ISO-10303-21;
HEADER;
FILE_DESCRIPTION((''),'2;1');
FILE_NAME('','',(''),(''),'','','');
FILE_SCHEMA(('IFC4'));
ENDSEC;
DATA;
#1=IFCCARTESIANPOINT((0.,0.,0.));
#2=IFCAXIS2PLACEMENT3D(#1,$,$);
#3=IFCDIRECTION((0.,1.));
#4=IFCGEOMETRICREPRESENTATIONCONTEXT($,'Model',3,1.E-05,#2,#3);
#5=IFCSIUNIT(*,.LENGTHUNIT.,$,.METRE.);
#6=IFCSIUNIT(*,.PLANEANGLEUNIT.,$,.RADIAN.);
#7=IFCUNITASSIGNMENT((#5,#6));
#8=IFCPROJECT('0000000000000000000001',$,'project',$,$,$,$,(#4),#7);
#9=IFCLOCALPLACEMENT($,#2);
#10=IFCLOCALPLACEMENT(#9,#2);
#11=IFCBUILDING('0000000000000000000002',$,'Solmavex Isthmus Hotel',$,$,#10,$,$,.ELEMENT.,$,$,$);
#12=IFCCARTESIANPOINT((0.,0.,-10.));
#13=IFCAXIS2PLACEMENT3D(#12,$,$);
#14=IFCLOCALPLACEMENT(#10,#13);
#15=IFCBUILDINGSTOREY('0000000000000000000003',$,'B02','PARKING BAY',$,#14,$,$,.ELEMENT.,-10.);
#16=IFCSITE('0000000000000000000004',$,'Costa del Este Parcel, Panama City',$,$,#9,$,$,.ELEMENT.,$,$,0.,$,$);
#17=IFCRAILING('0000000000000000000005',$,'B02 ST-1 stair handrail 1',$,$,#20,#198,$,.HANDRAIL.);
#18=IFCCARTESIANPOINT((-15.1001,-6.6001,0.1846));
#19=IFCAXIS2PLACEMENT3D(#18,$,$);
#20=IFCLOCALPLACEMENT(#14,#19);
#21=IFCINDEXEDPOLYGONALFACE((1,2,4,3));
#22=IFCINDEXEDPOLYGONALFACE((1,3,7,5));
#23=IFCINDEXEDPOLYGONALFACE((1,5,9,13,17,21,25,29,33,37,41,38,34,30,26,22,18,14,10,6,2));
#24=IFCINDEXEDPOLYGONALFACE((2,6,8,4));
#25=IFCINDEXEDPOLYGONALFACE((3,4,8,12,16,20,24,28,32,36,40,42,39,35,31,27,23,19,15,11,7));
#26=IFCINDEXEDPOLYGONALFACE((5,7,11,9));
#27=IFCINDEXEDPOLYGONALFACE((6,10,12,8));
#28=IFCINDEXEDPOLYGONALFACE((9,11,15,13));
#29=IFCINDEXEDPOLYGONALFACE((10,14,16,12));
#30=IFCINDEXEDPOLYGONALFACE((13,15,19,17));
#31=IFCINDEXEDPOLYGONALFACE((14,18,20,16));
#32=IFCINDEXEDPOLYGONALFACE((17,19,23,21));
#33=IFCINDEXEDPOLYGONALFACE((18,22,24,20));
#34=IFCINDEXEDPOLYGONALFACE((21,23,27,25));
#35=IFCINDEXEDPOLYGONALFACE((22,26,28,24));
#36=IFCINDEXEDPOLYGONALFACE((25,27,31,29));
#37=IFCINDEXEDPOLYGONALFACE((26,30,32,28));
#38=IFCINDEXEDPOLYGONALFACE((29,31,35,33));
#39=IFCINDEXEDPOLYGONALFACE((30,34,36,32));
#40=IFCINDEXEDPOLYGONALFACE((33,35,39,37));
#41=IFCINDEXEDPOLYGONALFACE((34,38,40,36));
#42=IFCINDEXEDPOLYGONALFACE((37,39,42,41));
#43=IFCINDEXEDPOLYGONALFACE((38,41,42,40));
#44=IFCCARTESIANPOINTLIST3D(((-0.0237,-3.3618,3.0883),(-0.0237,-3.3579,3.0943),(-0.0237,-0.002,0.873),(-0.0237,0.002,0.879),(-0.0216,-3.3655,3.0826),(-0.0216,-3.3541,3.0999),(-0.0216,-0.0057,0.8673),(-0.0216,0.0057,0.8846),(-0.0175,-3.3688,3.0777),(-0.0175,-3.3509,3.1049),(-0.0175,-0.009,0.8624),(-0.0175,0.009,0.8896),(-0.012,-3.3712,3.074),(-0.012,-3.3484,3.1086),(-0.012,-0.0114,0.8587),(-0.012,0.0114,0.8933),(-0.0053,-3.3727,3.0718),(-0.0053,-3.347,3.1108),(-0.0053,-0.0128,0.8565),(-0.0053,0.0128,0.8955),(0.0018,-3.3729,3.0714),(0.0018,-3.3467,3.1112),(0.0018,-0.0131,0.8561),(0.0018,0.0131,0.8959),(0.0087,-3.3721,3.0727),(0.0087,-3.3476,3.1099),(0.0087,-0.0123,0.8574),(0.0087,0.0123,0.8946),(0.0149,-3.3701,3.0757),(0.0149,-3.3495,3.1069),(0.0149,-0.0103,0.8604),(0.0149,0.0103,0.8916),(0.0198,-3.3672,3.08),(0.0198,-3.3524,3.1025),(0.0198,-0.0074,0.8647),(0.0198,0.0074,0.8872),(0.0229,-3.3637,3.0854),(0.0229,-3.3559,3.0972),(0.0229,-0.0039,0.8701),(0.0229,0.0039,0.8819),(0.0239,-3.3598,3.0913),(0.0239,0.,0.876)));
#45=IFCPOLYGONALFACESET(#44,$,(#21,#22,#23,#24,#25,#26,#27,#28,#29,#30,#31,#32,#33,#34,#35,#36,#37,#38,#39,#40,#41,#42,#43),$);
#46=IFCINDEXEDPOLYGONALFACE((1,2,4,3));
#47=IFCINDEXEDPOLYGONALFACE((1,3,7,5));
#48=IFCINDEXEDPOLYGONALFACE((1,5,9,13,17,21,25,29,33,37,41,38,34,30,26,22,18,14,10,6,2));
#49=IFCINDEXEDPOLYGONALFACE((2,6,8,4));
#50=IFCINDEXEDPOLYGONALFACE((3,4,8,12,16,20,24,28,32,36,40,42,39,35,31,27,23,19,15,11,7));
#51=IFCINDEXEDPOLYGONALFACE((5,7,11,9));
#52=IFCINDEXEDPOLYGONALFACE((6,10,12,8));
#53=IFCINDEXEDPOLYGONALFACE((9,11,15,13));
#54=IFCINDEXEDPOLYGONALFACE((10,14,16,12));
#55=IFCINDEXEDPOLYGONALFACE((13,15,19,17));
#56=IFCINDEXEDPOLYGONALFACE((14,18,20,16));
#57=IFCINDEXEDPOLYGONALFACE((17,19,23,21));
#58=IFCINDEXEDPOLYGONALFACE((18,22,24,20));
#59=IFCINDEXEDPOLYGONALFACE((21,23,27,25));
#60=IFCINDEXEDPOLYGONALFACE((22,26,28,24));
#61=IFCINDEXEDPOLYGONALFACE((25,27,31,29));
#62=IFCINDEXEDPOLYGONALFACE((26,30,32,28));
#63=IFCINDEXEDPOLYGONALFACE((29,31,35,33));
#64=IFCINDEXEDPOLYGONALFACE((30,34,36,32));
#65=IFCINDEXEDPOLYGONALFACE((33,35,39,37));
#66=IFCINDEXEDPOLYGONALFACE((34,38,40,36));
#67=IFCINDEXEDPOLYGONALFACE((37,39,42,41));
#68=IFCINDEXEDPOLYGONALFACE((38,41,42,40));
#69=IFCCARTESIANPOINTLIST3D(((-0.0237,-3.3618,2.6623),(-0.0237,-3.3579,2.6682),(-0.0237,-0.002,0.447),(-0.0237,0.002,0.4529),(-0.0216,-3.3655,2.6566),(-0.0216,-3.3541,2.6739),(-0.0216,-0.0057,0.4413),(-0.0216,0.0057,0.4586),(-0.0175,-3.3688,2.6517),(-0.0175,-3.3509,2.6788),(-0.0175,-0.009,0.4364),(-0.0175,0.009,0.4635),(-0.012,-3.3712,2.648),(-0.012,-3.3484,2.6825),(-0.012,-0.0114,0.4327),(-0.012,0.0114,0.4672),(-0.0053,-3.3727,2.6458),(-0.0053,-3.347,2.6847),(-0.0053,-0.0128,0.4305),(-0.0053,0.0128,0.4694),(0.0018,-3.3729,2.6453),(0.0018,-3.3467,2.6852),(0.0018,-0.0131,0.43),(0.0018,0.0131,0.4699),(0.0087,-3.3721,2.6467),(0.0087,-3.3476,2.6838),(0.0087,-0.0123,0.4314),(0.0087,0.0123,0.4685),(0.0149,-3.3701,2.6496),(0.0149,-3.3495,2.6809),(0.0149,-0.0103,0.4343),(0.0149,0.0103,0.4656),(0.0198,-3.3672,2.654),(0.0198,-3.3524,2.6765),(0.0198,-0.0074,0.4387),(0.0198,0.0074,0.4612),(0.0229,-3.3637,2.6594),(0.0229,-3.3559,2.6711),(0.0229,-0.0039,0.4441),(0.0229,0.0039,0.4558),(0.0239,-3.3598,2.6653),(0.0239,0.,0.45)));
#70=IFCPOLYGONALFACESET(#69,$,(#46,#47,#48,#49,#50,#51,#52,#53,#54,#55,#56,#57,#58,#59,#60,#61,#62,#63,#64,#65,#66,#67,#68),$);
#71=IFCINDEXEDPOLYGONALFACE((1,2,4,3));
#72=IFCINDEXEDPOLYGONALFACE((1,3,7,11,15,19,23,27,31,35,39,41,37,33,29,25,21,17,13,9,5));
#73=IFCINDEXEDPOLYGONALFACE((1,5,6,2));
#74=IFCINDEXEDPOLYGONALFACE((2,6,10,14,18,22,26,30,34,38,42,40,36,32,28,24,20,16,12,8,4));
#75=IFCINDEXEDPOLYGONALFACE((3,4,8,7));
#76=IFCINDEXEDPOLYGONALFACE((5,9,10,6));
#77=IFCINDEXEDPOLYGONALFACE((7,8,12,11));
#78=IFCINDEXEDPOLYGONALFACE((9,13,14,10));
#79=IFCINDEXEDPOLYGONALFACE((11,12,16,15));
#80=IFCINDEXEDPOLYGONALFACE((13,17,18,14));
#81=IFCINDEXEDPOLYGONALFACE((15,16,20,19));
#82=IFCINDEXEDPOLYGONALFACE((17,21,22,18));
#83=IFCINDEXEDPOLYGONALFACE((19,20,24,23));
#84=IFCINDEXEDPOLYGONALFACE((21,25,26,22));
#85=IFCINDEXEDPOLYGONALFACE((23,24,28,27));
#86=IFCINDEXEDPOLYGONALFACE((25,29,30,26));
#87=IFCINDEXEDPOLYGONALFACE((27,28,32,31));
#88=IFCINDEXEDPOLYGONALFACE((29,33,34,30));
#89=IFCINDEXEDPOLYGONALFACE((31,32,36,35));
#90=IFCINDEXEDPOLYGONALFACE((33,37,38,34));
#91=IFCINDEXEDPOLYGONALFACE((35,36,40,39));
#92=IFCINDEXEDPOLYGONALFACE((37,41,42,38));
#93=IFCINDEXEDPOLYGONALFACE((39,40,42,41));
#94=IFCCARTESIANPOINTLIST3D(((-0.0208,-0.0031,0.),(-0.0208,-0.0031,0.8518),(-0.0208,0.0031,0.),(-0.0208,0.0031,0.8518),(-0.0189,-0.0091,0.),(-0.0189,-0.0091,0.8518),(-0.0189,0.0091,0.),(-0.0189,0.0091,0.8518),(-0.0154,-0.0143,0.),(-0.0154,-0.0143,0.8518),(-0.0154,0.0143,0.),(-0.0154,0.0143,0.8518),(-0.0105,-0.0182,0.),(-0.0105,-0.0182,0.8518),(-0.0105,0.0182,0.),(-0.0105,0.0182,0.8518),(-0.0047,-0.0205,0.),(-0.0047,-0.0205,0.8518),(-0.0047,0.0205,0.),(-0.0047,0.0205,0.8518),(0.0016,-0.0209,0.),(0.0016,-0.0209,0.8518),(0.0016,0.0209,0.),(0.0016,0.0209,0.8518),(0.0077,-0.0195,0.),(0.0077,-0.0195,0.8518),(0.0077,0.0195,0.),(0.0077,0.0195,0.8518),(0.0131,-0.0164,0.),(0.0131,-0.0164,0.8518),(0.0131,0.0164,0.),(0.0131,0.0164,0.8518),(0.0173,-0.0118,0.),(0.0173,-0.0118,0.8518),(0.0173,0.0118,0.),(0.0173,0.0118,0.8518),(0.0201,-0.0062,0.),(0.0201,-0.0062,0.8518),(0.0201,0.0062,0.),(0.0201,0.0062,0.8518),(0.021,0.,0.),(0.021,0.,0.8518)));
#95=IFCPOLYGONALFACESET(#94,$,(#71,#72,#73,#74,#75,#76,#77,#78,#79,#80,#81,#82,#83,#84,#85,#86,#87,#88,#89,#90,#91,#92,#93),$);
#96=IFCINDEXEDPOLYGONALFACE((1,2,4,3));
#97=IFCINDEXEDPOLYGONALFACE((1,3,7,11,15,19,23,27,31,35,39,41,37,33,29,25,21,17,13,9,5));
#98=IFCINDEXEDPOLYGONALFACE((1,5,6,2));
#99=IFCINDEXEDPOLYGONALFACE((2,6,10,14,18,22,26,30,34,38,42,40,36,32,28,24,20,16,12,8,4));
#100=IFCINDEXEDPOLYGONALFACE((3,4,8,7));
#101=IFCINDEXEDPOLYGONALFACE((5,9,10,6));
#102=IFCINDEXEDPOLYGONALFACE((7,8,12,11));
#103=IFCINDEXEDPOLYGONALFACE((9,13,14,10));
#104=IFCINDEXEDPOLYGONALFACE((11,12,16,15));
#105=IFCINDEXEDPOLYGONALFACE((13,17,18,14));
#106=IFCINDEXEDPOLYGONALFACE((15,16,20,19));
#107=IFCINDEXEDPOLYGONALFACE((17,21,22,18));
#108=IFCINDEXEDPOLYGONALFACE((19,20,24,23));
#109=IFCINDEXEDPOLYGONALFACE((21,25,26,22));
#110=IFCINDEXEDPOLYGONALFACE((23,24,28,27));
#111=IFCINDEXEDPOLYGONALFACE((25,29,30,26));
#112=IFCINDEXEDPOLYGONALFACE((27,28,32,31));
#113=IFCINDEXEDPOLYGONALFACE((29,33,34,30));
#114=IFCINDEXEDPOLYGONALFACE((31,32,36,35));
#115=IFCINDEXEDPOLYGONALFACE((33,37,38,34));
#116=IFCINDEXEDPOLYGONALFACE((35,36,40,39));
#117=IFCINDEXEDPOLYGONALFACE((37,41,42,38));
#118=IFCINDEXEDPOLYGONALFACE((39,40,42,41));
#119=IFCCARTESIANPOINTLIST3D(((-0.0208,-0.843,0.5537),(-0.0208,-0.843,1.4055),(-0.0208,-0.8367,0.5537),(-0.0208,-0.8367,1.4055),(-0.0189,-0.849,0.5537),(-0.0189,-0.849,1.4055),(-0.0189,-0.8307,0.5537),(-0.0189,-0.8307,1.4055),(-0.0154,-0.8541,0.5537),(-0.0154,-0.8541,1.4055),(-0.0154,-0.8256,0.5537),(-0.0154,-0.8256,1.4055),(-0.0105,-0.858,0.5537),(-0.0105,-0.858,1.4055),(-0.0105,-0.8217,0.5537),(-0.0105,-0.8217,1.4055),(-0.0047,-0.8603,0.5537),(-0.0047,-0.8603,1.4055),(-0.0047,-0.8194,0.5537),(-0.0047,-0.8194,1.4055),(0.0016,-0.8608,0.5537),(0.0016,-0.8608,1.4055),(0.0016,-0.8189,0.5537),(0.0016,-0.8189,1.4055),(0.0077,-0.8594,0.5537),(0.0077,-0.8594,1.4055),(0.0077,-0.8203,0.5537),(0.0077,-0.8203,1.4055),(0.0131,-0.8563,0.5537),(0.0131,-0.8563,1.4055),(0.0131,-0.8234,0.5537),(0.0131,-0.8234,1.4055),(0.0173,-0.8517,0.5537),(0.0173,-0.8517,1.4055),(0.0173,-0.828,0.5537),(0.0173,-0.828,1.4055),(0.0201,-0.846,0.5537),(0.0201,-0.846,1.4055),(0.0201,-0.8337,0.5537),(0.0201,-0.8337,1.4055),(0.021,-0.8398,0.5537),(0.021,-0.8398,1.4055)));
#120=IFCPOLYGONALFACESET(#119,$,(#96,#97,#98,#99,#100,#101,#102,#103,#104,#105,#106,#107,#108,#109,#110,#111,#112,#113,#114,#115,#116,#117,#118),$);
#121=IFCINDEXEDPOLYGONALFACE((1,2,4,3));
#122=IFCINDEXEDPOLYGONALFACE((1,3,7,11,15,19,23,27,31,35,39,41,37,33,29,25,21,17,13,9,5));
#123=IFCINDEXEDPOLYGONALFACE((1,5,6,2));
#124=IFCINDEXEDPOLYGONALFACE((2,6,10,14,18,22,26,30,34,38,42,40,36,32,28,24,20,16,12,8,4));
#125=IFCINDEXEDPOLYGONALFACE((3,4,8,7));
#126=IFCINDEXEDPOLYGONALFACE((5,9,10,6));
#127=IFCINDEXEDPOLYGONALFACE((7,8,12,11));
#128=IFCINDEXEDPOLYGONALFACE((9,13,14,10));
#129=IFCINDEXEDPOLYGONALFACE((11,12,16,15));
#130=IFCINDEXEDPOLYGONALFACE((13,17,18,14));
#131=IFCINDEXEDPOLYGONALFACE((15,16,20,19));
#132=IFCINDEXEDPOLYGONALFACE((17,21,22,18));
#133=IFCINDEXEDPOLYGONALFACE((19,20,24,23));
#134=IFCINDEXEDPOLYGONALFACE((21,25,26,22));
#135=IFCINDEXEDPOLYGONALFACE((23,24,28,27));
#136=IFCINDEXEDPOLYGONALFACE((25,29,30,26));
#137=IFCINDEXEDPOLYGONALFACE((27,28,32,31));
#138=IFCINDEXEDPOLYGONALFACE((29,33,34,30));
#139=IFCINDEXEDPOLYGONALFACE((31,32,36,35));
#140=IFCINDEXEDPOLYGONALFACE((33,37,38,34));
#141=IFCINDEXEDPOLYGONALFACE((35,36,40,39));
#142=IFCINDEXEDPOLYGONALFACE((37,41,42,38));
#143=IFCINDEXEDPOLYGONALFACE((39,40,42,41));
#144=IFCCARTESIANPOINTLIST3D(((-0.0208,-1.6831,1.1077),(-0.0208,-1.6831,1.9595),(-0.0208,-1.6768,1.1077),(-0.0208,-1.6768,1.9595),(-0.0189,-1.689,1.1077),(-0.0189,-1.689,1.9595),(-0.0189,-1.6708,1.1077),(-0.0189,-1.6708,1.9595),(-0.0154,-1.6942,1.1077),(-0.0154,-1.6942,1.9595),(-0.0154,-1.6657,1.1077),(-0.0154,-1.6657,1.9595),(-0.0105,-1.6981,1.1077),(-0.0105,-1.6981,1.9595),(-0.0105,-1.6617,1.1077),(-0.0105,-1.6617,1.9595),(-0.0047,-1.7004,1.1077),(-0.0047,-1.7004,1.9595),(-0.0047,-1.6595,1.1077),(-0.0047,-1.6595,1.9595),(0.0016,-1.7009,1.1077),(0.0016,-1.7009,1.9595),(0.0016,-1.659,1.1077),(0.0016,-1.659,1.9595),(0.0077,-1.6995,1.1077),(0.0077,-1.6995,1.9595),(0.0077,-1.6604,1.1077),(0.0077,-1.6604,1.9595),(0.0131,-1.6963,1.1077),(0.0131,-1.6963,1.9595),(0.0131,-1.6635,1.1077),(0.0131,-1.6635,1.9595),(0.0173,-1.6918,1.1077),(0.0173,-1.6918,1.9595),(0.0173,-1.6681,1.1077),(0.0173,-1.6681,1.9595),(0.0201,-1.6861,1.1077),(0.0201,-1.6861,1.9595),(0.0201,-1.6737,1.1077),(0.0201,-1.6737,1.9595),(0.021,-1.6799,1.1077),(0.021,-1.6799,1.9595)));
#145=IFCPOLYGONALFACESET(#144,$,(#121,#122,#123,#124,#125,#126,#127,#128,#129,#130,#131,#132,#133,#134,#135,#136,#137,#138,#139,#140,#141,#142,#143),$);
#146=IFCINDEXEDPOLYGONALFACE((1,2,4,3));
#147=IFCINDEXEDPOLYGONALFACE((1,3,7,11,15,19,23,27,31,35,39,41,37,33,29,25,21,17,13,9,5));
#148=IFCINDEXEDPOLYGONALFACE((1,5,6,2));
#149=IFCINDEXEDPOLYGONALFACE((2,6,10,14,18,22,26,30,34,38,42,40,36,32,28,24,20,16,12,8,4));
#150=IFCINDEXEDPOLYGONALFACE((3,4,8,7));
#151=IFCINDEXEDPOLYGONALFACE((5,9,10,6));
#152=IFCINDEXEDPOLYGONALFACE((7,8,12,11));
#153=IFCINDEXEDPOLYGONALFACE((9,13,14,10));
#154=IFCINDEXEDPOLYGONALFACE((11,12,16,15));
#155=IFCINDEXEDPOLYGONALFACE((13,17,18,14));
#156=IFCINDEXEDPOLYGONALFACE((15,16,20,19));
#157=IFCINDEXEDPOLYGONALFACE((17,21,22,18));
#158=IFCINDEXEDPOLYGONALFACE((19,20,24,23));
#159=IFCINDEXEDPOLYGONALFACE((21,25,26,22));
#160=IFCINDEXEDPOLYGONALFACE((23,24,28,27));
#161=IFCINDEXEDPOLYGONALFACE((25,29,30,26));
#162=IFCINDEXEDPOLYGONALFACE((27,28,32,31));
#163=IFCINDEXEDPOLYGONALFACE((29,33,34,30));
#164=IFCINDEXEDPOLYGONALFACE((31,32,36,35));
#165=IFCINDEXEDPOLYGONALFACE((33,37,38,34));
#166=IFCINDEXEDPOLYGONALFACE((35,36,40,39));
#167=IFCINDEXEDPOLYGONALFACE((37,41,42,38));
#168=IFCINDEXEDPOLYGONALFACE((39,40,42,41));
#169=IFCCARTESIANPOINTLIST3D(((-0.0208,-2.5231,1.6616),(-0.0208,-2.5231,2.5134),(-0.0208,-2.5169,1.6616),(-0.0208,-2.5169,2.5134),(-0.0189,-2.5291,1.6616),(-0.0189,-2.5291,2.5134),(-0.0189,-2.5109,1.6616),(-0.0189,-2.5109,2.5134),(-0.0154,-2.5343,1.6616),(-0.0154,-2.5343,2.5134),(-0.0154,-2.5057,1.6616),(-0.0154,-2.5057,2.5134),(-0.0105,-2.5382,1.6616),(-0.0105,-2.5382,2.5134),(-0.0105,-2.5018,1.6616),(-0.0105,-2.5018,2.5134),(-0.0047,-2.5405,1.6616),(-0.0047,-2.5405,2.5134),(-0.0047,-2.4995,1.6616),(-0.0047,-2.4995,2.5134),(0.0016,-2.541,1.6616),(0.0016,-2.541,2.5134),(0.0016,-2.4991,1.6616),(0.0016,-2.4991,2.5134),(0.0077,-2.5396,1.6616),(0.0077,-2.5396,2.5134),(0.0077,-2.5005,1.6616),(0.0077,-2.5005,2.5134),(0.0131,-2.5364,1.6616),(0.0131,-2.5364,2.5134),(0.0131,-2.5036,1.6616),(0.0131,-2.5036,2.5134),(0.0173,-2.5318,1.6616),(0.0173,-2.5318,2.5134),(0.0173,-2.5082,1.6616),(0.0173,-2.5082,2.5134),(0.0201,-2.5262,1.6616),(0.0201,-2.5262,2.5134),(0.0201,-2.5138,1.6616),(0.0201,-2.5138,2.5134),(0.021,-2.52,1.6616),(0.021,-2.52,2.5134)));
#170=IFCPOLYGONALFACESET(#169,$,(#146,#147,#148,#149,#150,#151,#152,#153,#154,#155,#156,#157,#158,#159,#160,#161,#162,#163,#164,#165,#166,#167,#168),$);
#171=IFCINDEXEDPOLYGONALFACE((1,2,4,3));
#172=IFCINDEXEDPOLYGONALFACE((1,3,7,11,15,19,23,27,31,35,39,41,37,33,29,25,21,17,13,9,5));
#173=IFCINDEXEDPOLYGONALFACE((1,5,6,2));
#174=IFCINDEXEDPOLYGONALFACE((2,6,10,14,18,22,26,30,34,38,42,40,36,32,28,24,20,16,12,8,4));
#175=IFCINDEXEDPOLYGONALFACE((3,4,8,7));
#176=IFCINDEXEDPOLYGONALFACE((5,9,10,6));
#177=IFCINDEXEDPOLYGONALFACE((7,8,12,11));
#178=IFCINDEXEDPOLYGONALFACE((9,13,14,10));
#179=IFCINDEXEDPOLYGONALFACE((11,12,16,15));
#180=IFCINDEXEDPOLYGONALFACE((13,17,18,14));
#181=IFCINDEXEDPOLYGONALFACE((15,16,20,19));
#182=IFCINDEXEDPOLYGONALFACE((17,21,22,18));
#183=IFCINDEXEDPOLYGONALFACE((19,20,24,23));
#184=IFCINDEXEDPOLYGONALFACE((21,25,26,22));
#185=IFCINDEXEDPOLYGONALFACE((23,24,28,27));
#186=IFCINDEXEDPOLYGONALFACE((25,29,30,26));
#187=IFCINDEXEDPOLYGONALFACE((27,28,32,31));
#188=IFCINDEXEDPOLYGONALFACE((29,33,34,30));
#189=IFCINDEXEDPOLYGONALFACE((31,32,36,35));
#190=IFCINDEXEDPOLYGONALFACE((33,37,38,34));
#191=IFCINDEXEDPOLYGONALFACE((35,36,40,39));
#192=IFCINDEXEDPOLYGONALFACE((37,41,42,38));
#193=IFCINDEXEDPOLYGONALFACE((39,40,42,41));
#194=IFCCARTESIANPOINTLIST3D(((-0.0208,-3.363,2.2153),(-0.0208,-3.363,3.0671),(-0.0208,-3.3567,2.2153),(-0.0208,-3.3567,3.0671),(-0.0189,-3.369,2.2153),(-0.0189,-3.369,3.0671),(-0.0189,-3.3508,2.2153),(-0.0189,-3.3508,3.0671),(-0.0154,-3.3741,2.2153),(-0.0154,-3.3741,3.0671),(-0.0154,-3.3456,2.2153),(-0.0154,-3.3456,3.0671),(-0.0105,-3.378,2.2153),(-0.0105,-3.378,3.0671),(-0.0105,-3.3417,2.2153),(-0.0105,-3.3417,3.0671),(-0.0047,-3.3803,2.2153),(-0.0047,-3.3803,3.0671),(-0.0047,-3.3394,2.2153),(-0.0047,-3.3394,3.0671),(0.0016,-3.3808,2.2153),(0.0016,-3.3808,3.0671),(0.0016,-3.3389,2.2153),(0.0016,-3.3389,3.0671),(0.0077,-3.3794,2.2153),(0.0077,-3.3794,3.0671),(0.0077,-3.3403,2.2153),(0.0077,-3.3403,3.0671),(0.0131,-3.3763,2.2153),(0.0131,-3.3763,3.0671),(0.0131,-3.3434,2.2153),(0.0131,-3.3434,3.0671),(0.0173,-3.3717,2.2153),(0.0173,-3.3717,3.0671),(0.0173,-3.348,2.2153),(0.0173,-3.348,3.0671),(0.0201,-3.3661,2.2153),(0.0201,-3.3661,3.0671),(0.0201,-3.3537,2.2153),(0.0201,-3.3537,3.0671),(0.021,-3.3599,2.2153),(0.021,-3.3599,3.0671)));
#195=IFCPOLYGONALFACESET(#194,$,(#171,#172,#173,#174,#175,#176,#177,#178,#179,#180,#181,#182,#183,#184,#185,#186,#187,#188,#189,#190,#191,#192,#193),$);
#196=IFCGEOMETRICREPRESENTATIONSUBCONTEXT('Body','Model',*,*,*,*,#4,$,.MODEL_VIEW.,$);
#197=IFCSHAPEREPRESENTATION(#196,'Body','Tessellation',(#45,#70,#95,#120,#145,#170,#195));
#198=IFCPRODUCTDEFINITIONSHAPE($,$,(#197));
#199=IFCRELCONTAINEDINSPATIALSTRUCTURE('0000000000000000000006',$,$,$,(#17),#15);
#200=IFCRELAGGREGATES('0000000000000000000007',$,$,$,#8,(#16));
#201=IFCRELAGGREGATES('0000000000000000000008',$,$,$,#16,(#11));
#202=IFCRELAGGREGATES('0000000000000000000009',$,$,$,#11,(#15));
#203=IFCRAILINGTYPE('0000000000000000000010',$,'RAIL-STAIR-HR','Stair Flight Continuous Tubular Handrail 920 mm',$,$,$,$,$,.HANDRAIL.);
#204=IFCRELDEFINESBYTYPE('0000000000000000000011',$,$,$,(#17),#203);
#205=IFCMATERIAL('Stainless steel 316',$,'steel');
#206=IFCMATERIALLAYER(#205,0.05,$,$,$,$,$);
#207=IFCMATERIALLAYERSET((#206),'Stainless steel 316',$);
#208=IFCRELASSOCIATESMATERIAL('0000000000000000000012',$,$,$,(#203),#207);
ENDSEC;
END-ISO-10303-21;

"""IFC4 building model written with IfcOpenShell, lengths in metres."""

from ifc_helpers import new_model, si_unit, direction, frame, origin, origin_2d, place, context, subcontext, project, spatial, circle, extrude, material, layer, layer_set, type_object, element, save


model = new_model("IFC4")

# Units and contexts
model_context = context("Model", 3, precision=1e-05, world=origin(), true_north=direction((0.0, 1.0)))
body_context = subcontext(model_context, "Body", "Model", "MODEL_VIEW")
ifc_project = project(units=[si_unit("LENGTHUNIT", "METRE"), si_unit("PLANEANGLEUNIT", "RADIAN")], contexts=[model_context])

# Site, building, storey
site_placement = place(None, origin())
site = spatial("IfcSite", under=ifc_project, at=site_placement, Name="Costa del Este Parcel, Panama City", CompositionType="ELEMENT", RefElevation=0.0)
building_placement = place(site_placement, origin())
building = spatial("IfcBuilding", under=site, at=building_placement, Name="Solmavex Isthmus Hotel", CompositionType="ELEMENT")
storey_placement = place(building_placement, frame((0.0, 0.0, -10.0)))
storey = spatial("IfcBuildingStorey", under=building, at=storey_placement, Name="B02", Description="PARKING BAY", CompositionType="ELEMENT", Elevation=-10.0)

# Railing
ifc_material_1 = material(Name="Stainless steel 316", Category="steel")
ifc_layer_1 = layer(ifc_material_1, 0.05)
ifc_layer_set_1 = layer_set([ifc_layer_1], Name="Stainless steel 316")
railing_type = type_object("IfcRailingType", Name="RAIL-STAIR-HR", Description="Stair Flight Continuous Tubular Handrail 920 mm", PredefinedType="HANDRAIL", material=ifc_layer_set_1)
railing_placement = place(storey_placement, frame((-15.1001, -6.6001, 0.1846)))
element("IfcRailing", 1, at=railing_placement, inside=storey, type_object=railing_type, Name="B02 ST-1 stair handrail 1", PredefinedType="HANDRAIL", context=body_context, shape_type="SweptSolid", body=[
    extrude(circle(Radius=0.0239, at=origin_2d()), frame((0.0, 0.0, 0.876), z_axis=(0.0, -0.834858, 0.550465), x_axis=(1.0, 0.0, 0.0)), (0.0, 0.0, 1.0), 4.0244),
    extrude(circle(Radius=0.0239, at=origin_2d()), frame((0.0, 0.0, 0.45), z_axis=(0.0, -0.834858, 0.550465), x_axis=(1.0, 0.0, 0.0)), (0.0, 0.0, 1.0), 4.0244),
    extrude(circle(Radius=0.021, at=origin_2d()), origin(), (0.0, 0.0, 1.0), 0.8518),
    extrude(circle(Radius=0.021, at=origin_2d()), frame((0.0, -0.8398, 0.5537)), (0.0, 0.0, 1.0), 0.8518),
    extrude(circle(Radius=0.021, at=origin_2d()), frame((0.0, -1.6799, 1.1077)), (0.0, 0.0, 1.0), 0.8518),
    extrude(circle(Radius=0.021, at=origin_2d()), frame((0.0, -2.52, 1.6616)), (0.0, 0.0, 1.0), 0.8518),
    extrude(circle(Radius=0.021, at=origin_2d()), frame((0.0, -3.3599, 2.2153)), (0.0, 0.0, 1.0), 0.8518),
])

save(model, "model.ifc")
